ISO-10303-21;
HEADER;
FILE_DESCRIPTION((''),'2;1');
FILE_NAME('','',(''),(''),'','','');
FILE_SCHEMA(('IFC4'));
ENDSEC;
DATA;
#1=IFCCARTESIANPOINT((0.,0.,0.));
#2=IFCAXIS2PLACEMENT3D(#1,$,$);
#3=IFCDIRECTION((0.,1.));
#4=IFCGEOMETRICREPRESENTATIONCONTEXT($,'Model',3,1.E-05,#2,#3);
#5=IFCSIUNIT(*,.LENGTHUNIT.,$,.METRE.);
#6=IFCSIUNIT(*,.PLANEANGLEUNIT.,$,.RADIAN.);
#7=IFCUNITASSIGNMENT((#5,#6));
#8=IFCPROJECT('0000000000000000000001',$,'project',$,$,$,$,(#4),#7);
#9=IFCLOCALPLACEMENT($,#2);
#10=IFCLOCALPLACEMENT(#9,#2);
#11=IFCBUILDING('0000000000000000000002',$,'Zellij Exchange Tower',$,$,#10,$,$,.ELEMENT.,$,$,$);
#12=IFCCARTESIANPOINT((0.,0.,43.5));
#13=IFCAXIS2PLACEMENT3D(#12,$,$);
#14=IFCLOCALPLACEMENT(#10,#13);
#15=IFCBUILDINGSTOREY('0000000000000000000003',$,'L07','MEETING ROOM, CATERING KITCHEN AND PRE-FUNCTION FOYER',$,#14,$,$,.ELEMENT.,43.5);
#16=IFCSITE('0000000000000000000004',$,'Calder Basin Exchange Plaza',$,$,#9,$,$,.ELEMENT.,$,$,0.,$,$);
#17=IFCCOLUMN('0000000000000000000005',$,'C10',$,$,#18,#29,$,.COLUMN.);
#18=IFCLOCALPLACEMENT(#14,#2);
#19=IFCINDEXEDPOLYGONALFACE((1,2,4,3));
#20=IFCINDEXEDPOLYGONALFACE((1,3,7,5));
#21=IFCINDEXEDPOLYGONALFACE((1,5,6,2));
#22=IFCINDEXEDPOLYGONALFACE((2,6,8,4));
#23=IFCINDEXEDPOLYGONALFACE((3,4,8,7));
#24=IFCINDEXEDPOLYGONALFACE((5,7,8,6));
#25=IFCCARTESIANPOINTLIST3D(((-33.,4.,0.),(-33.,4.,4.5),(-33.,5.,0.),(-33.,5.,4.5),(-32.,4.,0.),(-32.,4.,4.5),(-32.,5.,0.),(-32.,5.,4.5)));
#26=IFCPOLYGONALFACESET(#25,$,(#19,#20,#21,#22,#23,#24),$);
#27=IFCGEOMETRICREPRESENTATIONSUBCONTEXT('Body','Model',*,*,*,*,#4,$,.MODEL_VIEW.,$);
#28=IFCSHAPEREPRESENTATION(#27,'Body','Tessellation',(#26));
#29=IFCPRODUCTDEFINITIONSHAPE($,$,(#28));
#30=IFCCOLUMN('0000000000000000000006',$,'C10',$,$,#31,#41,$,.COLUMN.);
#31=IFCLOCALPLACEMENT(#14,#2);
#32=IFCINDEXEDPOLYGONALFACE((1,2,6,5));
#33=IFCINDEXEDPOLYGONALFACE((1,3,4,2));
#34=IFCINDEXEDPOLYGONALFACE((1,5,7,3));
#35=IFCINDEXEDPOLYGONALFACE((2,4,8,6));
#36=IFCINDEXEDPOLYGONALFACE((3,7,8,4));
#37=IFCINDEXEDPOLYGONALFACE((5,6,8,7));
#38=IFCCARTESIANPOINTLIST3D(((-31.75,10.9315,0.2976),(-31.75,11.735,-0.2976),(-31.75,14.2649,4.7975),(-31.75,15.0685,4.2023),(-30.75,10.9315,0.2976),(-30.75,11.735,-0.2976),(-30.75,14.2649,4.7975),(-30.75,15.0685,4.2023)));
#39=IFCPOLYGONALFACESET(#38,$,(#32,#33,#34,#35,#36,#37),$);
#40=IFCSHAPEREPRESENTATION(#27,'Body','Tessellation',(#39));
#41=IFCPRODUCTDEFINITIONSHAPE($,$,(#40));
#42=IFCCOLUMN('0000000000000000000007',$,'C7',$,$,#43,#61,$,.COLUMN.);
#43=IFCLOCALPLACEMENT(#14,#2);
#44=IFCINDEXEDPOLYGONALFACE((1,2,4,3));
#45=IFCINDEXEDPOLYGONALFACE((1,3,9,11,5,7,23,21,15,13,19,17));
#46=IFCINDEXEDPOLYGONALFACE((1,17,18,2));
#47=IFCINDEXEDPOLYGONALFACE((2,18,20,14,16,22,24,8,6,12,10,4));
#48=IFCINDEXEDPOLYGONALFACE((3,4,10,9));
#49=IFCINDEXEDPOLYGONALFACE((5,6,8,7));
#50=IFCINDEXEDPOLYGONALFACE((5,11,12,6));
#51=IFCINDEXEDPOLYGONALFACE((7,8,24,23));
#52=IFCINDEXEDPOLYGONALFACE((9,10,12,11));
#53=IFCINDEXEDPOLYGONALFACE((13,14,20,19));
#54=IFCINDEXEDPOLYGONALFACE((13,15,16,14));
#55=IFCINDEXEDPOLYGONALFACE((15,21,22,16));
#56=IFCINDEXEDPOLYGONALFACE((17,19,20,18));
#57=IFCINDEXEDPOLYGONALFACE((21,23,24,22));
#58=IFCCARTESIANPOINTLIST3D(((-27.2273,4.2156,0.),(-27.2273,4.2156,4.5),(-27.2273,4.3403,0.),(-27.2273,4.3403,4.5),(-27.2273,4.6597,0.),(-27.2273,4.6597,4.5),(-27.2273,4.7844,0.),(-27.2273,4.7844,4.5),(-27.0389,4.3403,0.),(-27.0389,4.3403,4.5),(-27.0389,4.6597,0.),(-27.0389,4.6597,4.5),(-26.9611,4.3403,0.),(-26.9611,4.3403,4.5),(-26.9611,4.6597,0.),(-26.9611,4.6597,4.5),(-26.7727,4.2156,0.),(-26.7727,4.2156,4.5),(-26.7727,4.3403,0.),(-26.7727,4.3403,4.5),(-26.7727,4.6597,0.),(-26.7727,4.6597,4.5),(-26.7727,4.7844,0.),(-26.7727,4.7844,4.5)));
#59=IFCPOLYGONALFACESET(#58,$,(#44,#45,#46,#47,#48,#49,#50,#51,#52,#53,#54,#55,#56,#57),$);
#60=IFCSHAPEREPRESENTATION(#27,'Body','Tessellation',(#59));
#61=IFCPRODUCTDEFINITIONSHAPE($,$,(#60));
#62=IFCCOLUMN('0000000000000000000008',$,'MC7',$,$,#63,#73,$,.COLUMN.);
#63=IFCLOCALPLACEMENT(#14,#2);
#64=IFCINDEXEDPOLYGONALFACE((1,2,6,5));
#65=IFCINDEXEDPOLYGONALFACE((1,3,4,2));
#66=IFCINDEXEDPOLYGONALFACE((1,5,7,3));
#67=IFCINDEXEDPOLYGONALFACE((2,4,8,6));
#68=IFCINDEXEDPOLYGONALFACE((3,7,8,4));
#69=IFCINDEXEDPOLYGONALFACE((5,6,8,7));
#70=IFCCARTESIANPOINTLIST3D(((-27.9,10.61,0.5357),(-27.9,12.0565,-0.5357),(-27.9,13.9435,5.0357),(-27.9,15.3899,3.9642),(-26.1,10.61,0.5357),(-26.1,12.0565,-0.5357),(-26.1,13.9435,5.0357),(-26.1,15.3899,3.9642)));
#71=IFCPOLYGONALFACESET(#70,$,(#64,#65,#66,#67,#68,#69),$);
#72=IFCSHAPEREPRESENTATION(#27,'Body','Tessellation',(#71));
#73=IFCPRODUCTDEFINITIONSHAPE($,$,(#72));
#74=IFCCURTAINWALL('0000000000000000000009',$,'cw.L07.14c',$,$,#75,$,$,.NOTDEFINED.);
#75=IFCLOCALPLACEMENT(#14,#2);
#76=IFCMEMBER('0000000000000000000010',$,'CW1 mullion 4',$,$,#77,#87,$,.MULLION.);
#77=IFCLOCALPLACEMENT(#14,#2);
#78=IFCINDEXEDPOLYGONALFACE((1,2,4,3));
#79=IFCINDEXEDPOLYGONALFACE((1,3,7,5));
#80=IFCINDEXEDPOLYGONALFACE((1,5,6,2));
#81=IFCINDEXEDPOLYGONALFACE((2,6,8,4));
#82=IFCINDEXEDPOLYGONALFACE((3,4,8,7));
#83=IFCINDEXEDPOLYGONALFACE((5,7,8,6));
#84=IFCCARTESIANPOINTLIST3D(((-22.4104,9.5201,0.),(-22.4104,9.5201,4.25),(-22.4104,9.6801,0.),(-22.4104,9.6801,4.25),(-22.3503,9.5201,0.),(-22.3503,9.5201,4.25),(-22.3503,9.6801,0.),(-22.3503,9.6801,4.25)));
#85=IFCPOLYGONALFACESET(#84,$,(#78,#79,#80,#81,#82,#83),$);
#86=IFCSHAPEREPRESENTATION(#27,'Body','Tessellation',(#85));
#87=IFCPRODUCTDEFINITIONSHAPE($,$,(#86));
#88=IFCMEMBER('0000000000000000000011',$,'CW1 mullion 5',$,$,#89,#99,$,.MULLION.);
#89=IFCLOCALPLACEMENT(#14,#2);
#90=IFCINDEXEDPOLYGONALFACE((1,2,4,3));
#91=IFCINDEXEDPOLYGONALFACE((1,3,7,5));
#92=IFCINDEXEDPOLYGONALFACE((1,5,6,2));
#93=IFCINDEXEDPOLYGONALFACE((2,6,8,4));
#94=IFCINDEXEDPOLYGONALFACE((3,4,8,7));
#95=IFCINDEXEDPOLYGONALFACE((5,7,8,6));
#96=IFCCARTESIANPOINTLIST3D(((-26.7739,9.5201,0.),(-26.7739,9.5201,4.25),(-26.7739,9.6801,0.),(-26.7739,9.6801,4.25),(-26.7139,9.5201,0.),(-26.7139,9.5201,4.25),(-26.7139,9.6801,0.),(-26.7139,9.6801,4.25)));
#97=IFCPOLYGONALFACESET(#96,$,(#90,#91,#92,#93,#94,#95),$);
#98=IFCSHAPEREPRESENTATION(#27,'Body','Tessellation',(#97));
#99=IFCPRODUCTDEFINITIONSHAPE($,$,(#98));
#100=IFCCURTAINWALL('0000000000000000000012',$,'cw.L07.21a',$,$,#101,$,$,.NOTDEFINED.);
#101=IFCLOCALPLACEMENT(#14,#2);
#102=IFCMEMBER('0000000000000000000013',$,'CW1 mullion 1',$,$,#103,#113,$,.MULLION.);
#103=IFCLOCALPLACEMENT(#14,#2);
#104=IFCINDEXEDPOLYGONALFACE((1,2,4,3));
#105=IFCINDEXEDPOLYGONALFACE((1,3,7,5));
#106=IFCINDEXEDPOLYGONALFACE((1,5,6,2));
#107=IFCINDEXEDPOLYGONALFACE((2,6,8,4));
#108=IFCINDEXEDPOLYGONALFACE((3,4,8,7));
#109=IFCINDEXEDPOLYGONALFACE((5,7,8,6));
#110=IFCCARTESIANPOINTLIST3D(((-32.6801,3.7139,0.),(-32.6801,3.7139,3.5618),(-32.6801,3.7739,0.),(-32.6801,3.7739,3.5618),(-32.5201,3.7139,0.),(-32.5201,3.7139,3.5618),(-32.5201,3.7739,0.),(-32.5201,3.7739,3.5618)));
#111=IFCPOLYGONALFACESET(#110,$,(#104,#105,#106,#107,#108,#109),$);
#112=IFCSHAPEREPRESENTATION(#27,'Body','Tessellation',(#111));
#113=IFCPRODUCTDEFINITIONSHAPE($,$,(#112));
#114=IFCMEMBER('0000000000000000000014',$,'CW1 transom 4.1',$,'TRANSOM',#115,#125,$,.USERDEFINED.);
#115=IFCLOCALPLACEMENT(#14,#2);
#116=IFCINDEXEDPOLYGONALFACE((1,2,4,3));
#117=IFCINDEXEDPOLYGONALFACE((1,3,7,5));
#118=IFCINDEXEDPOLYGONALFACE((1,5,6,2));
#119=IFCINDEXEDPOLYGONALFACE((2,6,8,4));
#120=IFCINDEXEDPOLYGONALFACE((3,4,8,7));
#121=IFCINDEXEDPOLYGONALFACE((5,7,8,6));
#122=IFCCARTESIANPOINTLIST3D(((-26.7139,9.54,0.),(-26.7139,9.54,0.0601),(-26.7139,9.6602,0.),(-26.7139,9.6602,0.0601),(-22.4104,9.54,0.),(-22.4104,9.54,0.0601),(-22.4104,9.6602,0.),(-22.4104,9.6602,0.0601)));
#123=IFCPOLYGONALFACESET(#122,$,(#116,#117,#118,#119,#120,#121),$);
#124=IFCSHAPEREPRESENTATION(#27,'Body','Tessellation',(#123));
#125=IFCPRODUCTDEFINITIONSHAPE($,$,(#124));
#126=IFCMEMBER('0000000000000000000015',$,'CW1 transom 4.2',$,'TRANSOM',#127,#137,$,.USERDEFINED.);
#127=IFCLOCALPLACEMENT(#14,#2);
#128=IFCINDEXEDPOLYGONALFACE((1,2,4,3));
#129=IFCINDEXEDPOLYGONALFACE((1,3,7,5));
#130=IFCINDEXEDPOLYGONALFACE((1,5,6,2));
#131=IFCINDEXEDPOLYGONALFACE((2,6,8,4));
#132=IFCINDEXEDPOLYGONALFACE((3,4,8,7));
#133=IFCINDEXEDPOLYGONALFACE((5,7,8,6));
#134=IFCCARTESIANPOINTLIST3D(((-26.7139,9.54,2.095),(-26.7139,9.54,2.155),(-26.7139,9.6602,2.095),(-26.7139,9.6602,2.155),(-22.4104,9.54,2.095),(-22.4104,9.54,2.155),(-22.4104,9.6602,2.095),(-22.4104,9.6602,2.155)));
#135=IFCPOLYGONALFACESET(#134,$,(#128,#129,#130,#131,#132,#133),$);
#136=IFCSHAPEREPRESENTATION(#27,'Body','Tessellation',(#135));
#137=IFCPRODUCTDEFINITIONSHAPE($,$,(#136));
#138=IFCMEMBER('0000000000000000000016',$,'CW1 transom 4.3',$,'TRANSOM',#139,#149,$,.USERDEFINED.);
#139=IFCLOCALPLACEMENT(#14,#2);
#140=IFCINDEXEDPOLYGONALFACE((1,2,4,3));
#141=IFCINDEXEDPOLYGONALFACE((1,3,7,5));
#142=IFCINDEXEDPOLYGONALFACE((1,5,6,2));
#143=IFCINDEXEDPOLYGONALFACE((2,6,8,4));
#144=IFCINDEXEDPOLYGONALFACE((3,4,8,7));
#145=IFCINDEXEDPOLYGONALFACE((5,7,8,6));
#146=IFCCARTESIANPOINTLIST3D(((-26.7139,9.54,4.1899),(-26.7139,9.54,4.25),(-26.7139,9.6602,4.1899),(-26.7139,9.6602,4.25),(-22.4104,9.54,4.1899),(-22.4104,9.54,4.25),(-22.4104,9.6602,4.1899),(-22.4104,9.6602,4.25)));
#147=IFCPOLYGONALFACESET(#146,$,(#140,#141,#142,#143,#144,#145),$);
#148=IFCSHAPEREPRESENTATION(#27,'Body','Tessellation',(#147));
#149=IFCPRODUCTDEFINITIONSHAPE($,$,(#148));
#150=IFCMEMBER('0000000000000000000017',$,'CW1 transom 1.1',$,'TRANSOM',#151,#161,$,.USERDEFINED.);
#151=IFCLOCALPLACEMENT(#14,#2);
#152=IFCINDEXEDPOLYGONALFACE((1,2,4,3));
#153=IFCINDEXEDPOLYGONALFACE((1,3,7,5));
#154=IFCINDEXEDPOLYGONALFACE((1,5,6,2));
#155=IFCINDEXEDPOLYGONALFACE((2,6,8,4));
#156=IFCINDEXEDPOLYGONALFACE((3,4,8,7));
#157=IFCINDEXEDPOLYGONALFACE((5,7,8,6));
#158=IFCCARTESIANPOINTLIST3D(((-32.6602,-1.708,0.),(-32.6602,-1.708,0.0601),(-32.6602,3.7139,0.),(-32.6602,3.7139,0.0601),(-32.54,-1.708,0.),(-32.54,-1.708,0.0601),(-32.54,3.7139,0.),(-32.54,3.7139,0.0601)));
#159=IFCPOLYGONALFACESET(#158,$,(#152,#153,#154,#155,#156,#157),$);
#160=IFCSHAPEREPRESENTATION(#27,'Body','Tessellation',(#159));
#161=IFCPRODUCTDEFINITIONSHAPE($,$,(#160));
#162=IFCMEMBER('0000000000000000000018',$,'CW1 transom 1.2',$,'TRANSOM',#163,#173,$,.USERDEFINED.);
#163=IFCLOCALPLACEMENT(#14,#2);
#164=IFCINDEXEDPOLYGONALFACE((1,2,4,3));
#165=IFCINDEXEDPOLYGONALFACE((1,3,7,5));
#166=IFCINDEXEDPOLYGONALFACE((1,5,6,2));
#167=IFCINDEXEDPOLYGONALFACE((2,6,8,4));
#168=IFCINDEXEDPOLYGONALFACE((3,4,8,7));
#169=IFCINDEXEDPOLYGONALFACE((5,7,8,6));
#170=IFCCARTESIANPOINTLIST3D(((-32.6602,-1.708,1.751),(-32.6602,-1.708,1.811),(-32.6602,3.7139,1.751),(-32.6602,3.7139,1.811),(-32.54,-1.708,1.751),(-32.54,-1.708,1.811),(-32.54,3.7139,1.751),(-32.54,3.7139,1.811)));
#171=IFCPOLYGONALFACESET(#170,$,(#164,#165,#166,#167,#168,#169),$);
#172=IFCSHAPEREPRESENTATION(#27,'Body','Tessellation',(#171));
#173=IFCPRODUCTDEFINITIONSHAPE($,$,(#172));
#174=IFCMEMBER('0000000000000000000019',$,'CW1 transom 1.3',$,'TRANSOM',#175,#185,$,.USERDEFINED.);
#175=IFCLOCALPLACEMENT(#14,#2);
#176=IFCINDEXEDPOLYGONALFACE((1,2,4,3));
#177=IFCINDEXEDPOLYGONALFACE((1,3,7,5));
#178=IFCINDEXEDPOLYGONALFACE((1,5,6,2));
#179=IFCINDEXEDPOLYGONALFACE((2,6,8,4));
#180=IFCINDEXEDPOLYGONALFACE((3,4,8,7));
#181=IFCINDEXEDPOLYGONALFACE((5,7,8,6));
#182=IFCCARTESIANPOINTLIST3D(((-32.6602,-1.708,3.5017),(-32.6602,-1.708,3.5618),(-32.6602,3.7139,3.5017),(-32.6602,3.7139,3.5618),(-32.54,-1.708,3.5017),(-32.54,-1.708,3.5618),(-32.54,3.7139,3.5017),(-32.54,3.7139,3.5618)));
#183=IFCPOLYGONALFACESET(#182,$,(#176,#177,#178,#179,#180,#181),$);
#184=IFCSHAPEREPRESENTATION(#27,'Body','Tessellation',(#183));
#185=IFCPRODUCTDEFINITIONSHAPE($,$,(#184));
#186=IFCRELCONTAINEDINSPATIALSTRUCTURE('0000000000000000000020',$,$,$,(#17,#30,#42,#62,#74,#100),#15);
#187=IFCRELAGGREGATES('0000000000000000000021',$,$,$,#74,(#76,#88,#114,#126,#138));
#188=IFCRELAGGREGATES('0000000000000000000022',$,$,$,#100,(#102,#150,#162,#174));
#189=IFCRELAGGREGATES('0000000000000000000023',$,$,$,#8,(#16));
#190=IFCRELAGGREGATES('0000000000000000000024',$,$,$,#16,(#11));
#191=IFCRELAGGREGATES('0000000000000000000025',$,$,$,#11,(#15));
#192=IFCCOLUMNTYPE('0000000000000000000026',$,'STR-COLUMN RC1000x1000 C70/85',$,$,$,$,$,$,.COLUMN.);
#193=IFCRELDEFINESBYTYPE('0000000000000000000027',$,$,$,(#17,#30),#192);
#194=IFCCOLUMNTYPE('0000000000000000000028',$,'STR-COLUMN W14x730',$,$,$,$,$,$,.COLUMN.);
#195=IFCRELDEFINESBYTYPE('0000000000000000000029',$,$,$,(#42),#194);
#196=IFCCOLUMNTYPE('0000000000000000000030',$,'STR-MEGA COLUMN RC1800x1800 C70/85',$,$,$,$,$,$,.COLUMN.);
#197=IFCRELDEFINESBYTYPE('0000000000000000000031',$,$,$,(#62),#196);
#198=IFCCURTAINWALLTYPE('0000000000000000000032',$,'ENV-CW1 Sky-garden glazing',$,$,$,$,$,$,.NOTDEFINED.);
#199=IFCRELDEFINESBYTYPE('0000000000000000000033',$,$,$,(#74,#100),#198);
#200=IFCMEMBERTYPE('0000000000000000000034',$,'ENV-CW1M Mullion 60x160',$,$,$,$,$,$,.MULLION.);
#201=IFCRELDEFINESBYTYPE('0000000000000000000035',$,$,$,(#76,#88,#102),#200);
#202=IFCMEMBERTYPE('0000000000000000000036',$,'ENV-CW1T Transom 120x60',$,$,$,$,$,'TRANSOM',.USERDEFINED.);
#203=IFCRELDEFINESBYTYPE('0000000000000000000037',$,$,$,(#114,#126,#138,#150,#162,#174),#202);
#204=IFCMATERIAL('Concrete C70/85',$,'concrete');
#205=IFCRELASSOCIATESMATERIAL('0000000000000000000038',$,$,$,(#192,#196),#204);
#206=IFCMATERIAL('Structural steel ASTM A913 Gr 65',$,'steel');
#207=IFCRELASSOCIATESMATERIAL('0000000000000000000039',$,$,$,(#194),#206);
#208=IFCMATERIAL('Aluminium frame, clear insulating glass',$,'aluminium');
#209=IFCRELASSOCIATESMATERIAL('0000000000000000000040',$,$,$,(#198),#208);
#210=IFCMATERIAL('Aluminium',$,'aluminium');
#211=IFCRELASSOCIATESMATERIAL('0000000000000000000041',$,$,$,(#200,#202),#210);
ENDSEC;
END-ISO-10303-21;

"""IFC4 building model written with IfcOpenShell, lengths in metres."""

from ifc_helpers import new_model, si_unit, direction, frame, origin, origin_2d, place, context, subcontext, project, spatial, rectangle, i_section, extrude, material, material_profile, profile_set, type_object, element, aggregate, save


model = new_model("IFC4")

# Units and contexts
model_context = context("Model", 3, precision=1e-05, world=origin(), true_north=direction((0.0, 1.0)))
body_context = subcontext(model_context, "Body", "Model", "MODEL_VIEW")
ifc_project = project(units=[si_unit("LENGTHUNIT", "METRE"), si_unit("PLANEANGLEUNIT", "RADIAN")], contexts=[model_context])

# Site, building, storey
site_placement = place(None, origin())
site = spatial("IfcSite", under=ifc_project, at=site_placement, Name="Calder Basin Exchange Plaza", CompositionType="ELEMENT", RefElevation=0.0)
building_placement = place(site_placement, origin())
building = spatial("IfcBuilding", under=site, at=building_placement, Name="Zellij Exchange Tower", CompositionType="ELEMENT")
storey_placement = place(building_placement, frame((0.0, 0.0, 43.5)))
storey = spatial("IfcBuildingStorey", under=building, at=storey_placement, Name="L07", Description="MEETING ROOM, CATERING KITCHEN AND PRE-FUNCTION FOYER", CompositionType="ELEMENT", Elevation=43.5)

# Columns
ifc_material_1 = material(Name="Concrete C70/85", Category="concrete")
ifc_material_profile_1 = material_profile(ifc_material_1, rectangle(XDim=1.0, YDim=1.0, at=origin_2d()), Name="STR-COLUMN RC1000x1000 C70/85")
ifc_profile_set_1 = profile_set([ifc_material_profile_1], Name="Concrete C70/85")
column_type_1 = type_object("IfcColumnType", Name="STR-COLUMN RC1000x1000 C70/85", PredefinedType="COLUMN", material=ifc_profile_set_1)
column_1_placement = place(storey_placement, frame((-32.5, 4.5, 0.0), z_axis=(0.0, 0.0, 1.0), x_axis=(1.0, 0.0, 0.0)))
element("IfcColumn", 1, at=column_1_placement, inside=storey, type_object=column_type_1, Name="C10", PredefinedType="COLUMN", context=body_context, shape_type="SweptSolid", body=[
    extrude(rectangle(XDim=1.0, YDim=1.0, at=origin_2d()), origin(), (0.0, 0.0, 1.0), 4.5),
])
column_2_placement = place(storey_placement, frame((-31.25, 11.3333, 0.0), z_axis=(0.0, 0.595246, 0.803543), x_axis=(-1.0, 0.0, 0.0)))
element("IfcColumn", 2, at=column_2_placement, inside=storey, type_object=column_type_1, Name="C10", PredefinedType="COLUMN", context=body_context, shape_type="SweptSolid", body=[
    extrude(rectangle(XDim=1.0, YDim=1.0, at=origin_2d()), origin(), (0.0, 0.0, 1.0), 5.6001),
])
ifc_material_2 = material(Name="Structural steel ASTM A913 Gr 65", Category="steel")
ifc_material_profile_2 = material_profile(ifc_material_2, i_section(OverallWidth=0.4546, OverallDepth=0.5688, WebThickness=0.0779, FlangeThickness=0.1248, at=origin_2d()), Name="W14x730")
ifc_profile_set_2 = profile_set([ifc_material_profile_2], Name="Structural steel ASTM A913 Gr 65")
column_type_2 = type_object("IfcColumnType", Name="STR-COLUMN W14x730", PredefinedType="COLUMN", material=ifc_profile_set_2)
column_3_placement = place(storey_placement, frame((-27.0, 4.5, 0.0), z_axis=(0.0, 0.0, 1.0), x_axis=(1.0, 0.0, 0.0)))
element("IfcColumn", 3, at=column_3_placement, inside=storey, type_object=column_type_2, Name="C7", PredefinedType="COLUMN", context=body_context, shape_type="SweptSolid", body=[
    extrude(i_section(OverallWidth=0.4546, OverallDepth=0.5688, WebThickness=0.0779, FlangeThickness=0.1248, at=origin_2d()), origin(), (0.0, 0.0, 1.0), 4.5),
])
ifc_material_profile_3 = material_profile(ifc_material_1, rectangle(XDim=1.8, YDim=1.8, at=origin_2d()), Name="STR-MEGA COLUMN RC1800x1800 C70/85")
ifc_profile_set_3 = profile_set([ifc_material_profile_3], Name="Concrete C70/85")
column_type_3 = type_object("IfcColumnType", Name="STR-MEGA COLUMN RC1800x1800 C70/85", PredefinedType="COLUMN", material=ifc_profile_set_3)
column_4_placement = place(storey_placement, frame((-27.0, 11.3333, 0.0), z_axis=(0.0, 0.595246, 0.803543), x_axis=(-1.0, 0.0, 0.0)))
element("IfcColumn", 4, at=column_4_placement, inside=storey, type_object=column_type_3, Name="MC7", PredefinedType="COLUMN", context=body_context, shape_type="SweptSolid", body=[
    extrude(rectangle(XDim=1.8, YDim=1.8, at=origin_2d()), origin(), (0.0, 0.0, 1.0), 5.6001),
])

# Curtain wall, members
ifc_material_3 = material(Name="Aluminium frame, clear insulating glass", Category="aluminium")
curtain_wall_type = type_object("IfcCurtainWallType", Name="ENV-CW1 Sky-garden glazing", PredefinedType="NOTDEFINED", material=ifc_material_3)
curtain_wall_1_placement = place(storey_placement, origin())
curtain_wall_1 = element("IfcCurtainWall", 5, at=curtain_wall_1_placement, inside=storey, type_object=curtain_wall_type, Name="cw.L07.14c", PredefinedType="NOTDEFINED")
ifc_material_4 = material(Name="Aluminium", Category="aluminium")
ifc_material_profile_4 = material_profile(ifc_material_4, rectangle(XDim=0.0601, YDim=0.1599, at=origin_2d()), Name="AL 60x160")
ifc_profile_set_4 = profile_set([ifc_material_profile_4], Name="Aluminium")
member_type_1 = type_object("IfcMemberType", Name="ENV-CW1M Mullion 60x160", PredefinedType="MULLION", material=ifc_profile_set_4)
member_1_placement = place(storey_placement, frame((-22.3804, 9.6001, 0.0), z_axis=(0.0, 0.0, 1.0), x_axis=(-1.0, 0.0, 0.0)))
member_1 = element("IfcMember", 6, at=member_1_placement, type_object=member_type_1, Name="CW1 mullion 4", PredefinedType="MULLION", context=body_context, shape_type="SweptSolid", body=[
    extrude(rectangle(XDim=0.0601, YDim=0.1599, at=origin_2d()), origin(), (0.0, 0.0, 1.0), 4.25),
])
member_2_placement = place(storey_placement, frame((-26.7439, 9.6001, 0.0), z_axis=(0.0, 0.0, 1.0), x_axis=(-1.0, 0.0, 0.0)))
member_2 = element("IfcMember", 7, at=member_2_placement, type_object=member_type_1, Name="CW1 mullion 5", PredefinedType="MULLION", context=body_context, shape_type="SweptSolid", body=[
    extrude(rectangle(XDim=0.0601, YDim=0.1599, at=origin_2d()), origin(), (0.0, 0.0, 1.0), 4.25),
])

# Curtain wall, member
curtain_wall_2_placement = place(storey_placement, origin())
curtain_wall_2 = element("IfcCurtainWall", 8, at=curtain_wall_2_placement, inside=storey, type_object=curtain_wall_type, Name="cw.L07.21a", PredefinedType="NOTDEFINED")
member_3_placement = place(storey_placement, frame((-32.6001, 3.7439, 0.0), z_axis=(0.0, 0.0, 1.0), x_axis=(0.0, -1.0, 0.0)))
member_3 = element("IfcMember", 9, at=member_3_placement, type_object=member_type_1, Name="CW1 mullion 1", PredefinedType="MULLION", context=body_context, shape_type="SweptSolid", body=[
    extrude(rectangle(XDim=0.0601, YDim=0.1599, at=origin_2d()), origin(), (0.0, 0.0, 1.0), 3.5618),
])

# Members
ifc_material_profile_5 = material_profile(ifc_material_4, rectangle(XDim=0.1201, YDim=0.0601, at=origin_2d()), Name="AL 120x60")
ifc_profile_set_5 = profile_set([ifc_material_profile_5], Name="Aluminium")
member_type_2 = type_object("IfcMemberType", Name="ENV-CW1T Transom 120x60", ElementType="TRANSOM", PredefinedType="USERDEFINED", material=ifc_profile_set_5)
member_4_placement = place(storey_placement, frame((-22.4104, 9.6001, 0.03), z_axis=(-1.0, 0.0, 0.0), x_axis=(0.0, -1.0, 0.0)))
member_4 = element("IfcMember", 10, at=member_4_placement, type_object=member_type_2, Name="CW1 transom 4.1", ObjectType="TRANSOM", PredefinedType="USERDEFINED", context=body_context, shape_type="SweptSolid", body=[
    extrude(rectangle(XDim=0.1201, YDim=0.0601, at=origin_2d()), origin(), (0.0, 0.0, 1.0), 4.3035),
])
member_5_placement = place(storey_placement, frame((-22.4104, 9.6001, 2.125), z_axis=(-1.0, 0.0, 0.0), x_axis=(0.0, -1.0, 0.0)))
member_5 = element("IfcMember", 11, at=member_5_placement, type_object=member_type_2, Name="CW1 transom 4.2", ObjectType="TRANSOM", PredefinedType="USERDEFINED", context=body_context, shape_type="SweptSolid", body=[
    extrude(rectangle(XDim=0.1201, YDim=0.0601, at=origin_2d()), origin(), (0.0, 0.0, 1.0), 4.3035),
])
member_6_placement = place(storey_placement, frame((-22.4104, 9.6001, 4.22), z_axis=(-1.0, 0.0, 0.0), x_axis=(0.0, -1.0, 0.0)))
member_6 = element("IfcMember", 12, at=member_6_placement, type_object=member_type_2, Name="CW1 transom 4.3", ObjectType="TRANSOM", PredefinedType="USERDEFINED", context=body_context, shape_type="SweptSolid", body=[
    extrude(rectangle(XDim=0.1201, YDim=0.0601, at=origin_2d()), origin(), (0.0, 0.0, 1.0), 4.3035),
])
member_7_placement = place(storey_placement, frame((-32.6001, 3.7139, 0.03), z_axis=(0.0, -1.0, 0.0), x_axis=(1.0, 0.0, 0.0)))
member_7 = element("IfcMember", 13, at=member_7_placement, type_object=member_type_2, Name="CW1 transom 1.1", ObjectType="TRANSOM", PredefinedType="USERDEFINED", context=body_context, shape_type="SweptSolid", body=[
    extrude(rectangle(XDim=0.1201, YDim=0.0601, at=origin_2d()), origin(), (0.0, 0.0, 1.0), 5.4219),
])
member_8_placement = place(storey_placement, frame((-32.6001, 3.7139, 1.781), z_axis=(0.0, -1.0, 0.0), x_axis=(1.0, 0.0, 0.0)))
member_8 = element("IfcMember", 14, at=member_8_placement, type_object=member_type_2, Name="CW1 transom 1.2", ObjectType="TRANSOM", PredefinedType="USERDEFINED", context=body_context, shape_type="SweptSolid", body=[
    extrude(rectangle(XDim=0.1201, YDim=0.0601, at=origin_2d()), origin(), (0.0, 0.0, 1.0), 5.4219),
])
member_9_placement = place(storey_placement, frame((-32.6001, 3.7139, 3.5317), z_axis=(0.0, -1.0, 0.0), x_axis=(1.0, 0.0, 0.0)))
member_9 = element("IfcMember", 15, at=member_9_placement, type_object=member_type_2, Name="CW1 transom 1.3", ObjectType="TRANSOM", PredefinedType="USERDEFINED", context=body_context, shape_type="SweptSolid", body=[
    extrude(rectangle(XDim=0.1201, YDim=0.0601, at=origin_2d()), origin(), (0.0, 0.0, 1.0), 5.4219),
])

aggregate(curtain_wall_1, [member_1, member_2, member_4, member_5, member_6])
aggregate(curtain_wall_2, [member_3, member_7, member_8, member_9])

save(model, "model.ifc")
